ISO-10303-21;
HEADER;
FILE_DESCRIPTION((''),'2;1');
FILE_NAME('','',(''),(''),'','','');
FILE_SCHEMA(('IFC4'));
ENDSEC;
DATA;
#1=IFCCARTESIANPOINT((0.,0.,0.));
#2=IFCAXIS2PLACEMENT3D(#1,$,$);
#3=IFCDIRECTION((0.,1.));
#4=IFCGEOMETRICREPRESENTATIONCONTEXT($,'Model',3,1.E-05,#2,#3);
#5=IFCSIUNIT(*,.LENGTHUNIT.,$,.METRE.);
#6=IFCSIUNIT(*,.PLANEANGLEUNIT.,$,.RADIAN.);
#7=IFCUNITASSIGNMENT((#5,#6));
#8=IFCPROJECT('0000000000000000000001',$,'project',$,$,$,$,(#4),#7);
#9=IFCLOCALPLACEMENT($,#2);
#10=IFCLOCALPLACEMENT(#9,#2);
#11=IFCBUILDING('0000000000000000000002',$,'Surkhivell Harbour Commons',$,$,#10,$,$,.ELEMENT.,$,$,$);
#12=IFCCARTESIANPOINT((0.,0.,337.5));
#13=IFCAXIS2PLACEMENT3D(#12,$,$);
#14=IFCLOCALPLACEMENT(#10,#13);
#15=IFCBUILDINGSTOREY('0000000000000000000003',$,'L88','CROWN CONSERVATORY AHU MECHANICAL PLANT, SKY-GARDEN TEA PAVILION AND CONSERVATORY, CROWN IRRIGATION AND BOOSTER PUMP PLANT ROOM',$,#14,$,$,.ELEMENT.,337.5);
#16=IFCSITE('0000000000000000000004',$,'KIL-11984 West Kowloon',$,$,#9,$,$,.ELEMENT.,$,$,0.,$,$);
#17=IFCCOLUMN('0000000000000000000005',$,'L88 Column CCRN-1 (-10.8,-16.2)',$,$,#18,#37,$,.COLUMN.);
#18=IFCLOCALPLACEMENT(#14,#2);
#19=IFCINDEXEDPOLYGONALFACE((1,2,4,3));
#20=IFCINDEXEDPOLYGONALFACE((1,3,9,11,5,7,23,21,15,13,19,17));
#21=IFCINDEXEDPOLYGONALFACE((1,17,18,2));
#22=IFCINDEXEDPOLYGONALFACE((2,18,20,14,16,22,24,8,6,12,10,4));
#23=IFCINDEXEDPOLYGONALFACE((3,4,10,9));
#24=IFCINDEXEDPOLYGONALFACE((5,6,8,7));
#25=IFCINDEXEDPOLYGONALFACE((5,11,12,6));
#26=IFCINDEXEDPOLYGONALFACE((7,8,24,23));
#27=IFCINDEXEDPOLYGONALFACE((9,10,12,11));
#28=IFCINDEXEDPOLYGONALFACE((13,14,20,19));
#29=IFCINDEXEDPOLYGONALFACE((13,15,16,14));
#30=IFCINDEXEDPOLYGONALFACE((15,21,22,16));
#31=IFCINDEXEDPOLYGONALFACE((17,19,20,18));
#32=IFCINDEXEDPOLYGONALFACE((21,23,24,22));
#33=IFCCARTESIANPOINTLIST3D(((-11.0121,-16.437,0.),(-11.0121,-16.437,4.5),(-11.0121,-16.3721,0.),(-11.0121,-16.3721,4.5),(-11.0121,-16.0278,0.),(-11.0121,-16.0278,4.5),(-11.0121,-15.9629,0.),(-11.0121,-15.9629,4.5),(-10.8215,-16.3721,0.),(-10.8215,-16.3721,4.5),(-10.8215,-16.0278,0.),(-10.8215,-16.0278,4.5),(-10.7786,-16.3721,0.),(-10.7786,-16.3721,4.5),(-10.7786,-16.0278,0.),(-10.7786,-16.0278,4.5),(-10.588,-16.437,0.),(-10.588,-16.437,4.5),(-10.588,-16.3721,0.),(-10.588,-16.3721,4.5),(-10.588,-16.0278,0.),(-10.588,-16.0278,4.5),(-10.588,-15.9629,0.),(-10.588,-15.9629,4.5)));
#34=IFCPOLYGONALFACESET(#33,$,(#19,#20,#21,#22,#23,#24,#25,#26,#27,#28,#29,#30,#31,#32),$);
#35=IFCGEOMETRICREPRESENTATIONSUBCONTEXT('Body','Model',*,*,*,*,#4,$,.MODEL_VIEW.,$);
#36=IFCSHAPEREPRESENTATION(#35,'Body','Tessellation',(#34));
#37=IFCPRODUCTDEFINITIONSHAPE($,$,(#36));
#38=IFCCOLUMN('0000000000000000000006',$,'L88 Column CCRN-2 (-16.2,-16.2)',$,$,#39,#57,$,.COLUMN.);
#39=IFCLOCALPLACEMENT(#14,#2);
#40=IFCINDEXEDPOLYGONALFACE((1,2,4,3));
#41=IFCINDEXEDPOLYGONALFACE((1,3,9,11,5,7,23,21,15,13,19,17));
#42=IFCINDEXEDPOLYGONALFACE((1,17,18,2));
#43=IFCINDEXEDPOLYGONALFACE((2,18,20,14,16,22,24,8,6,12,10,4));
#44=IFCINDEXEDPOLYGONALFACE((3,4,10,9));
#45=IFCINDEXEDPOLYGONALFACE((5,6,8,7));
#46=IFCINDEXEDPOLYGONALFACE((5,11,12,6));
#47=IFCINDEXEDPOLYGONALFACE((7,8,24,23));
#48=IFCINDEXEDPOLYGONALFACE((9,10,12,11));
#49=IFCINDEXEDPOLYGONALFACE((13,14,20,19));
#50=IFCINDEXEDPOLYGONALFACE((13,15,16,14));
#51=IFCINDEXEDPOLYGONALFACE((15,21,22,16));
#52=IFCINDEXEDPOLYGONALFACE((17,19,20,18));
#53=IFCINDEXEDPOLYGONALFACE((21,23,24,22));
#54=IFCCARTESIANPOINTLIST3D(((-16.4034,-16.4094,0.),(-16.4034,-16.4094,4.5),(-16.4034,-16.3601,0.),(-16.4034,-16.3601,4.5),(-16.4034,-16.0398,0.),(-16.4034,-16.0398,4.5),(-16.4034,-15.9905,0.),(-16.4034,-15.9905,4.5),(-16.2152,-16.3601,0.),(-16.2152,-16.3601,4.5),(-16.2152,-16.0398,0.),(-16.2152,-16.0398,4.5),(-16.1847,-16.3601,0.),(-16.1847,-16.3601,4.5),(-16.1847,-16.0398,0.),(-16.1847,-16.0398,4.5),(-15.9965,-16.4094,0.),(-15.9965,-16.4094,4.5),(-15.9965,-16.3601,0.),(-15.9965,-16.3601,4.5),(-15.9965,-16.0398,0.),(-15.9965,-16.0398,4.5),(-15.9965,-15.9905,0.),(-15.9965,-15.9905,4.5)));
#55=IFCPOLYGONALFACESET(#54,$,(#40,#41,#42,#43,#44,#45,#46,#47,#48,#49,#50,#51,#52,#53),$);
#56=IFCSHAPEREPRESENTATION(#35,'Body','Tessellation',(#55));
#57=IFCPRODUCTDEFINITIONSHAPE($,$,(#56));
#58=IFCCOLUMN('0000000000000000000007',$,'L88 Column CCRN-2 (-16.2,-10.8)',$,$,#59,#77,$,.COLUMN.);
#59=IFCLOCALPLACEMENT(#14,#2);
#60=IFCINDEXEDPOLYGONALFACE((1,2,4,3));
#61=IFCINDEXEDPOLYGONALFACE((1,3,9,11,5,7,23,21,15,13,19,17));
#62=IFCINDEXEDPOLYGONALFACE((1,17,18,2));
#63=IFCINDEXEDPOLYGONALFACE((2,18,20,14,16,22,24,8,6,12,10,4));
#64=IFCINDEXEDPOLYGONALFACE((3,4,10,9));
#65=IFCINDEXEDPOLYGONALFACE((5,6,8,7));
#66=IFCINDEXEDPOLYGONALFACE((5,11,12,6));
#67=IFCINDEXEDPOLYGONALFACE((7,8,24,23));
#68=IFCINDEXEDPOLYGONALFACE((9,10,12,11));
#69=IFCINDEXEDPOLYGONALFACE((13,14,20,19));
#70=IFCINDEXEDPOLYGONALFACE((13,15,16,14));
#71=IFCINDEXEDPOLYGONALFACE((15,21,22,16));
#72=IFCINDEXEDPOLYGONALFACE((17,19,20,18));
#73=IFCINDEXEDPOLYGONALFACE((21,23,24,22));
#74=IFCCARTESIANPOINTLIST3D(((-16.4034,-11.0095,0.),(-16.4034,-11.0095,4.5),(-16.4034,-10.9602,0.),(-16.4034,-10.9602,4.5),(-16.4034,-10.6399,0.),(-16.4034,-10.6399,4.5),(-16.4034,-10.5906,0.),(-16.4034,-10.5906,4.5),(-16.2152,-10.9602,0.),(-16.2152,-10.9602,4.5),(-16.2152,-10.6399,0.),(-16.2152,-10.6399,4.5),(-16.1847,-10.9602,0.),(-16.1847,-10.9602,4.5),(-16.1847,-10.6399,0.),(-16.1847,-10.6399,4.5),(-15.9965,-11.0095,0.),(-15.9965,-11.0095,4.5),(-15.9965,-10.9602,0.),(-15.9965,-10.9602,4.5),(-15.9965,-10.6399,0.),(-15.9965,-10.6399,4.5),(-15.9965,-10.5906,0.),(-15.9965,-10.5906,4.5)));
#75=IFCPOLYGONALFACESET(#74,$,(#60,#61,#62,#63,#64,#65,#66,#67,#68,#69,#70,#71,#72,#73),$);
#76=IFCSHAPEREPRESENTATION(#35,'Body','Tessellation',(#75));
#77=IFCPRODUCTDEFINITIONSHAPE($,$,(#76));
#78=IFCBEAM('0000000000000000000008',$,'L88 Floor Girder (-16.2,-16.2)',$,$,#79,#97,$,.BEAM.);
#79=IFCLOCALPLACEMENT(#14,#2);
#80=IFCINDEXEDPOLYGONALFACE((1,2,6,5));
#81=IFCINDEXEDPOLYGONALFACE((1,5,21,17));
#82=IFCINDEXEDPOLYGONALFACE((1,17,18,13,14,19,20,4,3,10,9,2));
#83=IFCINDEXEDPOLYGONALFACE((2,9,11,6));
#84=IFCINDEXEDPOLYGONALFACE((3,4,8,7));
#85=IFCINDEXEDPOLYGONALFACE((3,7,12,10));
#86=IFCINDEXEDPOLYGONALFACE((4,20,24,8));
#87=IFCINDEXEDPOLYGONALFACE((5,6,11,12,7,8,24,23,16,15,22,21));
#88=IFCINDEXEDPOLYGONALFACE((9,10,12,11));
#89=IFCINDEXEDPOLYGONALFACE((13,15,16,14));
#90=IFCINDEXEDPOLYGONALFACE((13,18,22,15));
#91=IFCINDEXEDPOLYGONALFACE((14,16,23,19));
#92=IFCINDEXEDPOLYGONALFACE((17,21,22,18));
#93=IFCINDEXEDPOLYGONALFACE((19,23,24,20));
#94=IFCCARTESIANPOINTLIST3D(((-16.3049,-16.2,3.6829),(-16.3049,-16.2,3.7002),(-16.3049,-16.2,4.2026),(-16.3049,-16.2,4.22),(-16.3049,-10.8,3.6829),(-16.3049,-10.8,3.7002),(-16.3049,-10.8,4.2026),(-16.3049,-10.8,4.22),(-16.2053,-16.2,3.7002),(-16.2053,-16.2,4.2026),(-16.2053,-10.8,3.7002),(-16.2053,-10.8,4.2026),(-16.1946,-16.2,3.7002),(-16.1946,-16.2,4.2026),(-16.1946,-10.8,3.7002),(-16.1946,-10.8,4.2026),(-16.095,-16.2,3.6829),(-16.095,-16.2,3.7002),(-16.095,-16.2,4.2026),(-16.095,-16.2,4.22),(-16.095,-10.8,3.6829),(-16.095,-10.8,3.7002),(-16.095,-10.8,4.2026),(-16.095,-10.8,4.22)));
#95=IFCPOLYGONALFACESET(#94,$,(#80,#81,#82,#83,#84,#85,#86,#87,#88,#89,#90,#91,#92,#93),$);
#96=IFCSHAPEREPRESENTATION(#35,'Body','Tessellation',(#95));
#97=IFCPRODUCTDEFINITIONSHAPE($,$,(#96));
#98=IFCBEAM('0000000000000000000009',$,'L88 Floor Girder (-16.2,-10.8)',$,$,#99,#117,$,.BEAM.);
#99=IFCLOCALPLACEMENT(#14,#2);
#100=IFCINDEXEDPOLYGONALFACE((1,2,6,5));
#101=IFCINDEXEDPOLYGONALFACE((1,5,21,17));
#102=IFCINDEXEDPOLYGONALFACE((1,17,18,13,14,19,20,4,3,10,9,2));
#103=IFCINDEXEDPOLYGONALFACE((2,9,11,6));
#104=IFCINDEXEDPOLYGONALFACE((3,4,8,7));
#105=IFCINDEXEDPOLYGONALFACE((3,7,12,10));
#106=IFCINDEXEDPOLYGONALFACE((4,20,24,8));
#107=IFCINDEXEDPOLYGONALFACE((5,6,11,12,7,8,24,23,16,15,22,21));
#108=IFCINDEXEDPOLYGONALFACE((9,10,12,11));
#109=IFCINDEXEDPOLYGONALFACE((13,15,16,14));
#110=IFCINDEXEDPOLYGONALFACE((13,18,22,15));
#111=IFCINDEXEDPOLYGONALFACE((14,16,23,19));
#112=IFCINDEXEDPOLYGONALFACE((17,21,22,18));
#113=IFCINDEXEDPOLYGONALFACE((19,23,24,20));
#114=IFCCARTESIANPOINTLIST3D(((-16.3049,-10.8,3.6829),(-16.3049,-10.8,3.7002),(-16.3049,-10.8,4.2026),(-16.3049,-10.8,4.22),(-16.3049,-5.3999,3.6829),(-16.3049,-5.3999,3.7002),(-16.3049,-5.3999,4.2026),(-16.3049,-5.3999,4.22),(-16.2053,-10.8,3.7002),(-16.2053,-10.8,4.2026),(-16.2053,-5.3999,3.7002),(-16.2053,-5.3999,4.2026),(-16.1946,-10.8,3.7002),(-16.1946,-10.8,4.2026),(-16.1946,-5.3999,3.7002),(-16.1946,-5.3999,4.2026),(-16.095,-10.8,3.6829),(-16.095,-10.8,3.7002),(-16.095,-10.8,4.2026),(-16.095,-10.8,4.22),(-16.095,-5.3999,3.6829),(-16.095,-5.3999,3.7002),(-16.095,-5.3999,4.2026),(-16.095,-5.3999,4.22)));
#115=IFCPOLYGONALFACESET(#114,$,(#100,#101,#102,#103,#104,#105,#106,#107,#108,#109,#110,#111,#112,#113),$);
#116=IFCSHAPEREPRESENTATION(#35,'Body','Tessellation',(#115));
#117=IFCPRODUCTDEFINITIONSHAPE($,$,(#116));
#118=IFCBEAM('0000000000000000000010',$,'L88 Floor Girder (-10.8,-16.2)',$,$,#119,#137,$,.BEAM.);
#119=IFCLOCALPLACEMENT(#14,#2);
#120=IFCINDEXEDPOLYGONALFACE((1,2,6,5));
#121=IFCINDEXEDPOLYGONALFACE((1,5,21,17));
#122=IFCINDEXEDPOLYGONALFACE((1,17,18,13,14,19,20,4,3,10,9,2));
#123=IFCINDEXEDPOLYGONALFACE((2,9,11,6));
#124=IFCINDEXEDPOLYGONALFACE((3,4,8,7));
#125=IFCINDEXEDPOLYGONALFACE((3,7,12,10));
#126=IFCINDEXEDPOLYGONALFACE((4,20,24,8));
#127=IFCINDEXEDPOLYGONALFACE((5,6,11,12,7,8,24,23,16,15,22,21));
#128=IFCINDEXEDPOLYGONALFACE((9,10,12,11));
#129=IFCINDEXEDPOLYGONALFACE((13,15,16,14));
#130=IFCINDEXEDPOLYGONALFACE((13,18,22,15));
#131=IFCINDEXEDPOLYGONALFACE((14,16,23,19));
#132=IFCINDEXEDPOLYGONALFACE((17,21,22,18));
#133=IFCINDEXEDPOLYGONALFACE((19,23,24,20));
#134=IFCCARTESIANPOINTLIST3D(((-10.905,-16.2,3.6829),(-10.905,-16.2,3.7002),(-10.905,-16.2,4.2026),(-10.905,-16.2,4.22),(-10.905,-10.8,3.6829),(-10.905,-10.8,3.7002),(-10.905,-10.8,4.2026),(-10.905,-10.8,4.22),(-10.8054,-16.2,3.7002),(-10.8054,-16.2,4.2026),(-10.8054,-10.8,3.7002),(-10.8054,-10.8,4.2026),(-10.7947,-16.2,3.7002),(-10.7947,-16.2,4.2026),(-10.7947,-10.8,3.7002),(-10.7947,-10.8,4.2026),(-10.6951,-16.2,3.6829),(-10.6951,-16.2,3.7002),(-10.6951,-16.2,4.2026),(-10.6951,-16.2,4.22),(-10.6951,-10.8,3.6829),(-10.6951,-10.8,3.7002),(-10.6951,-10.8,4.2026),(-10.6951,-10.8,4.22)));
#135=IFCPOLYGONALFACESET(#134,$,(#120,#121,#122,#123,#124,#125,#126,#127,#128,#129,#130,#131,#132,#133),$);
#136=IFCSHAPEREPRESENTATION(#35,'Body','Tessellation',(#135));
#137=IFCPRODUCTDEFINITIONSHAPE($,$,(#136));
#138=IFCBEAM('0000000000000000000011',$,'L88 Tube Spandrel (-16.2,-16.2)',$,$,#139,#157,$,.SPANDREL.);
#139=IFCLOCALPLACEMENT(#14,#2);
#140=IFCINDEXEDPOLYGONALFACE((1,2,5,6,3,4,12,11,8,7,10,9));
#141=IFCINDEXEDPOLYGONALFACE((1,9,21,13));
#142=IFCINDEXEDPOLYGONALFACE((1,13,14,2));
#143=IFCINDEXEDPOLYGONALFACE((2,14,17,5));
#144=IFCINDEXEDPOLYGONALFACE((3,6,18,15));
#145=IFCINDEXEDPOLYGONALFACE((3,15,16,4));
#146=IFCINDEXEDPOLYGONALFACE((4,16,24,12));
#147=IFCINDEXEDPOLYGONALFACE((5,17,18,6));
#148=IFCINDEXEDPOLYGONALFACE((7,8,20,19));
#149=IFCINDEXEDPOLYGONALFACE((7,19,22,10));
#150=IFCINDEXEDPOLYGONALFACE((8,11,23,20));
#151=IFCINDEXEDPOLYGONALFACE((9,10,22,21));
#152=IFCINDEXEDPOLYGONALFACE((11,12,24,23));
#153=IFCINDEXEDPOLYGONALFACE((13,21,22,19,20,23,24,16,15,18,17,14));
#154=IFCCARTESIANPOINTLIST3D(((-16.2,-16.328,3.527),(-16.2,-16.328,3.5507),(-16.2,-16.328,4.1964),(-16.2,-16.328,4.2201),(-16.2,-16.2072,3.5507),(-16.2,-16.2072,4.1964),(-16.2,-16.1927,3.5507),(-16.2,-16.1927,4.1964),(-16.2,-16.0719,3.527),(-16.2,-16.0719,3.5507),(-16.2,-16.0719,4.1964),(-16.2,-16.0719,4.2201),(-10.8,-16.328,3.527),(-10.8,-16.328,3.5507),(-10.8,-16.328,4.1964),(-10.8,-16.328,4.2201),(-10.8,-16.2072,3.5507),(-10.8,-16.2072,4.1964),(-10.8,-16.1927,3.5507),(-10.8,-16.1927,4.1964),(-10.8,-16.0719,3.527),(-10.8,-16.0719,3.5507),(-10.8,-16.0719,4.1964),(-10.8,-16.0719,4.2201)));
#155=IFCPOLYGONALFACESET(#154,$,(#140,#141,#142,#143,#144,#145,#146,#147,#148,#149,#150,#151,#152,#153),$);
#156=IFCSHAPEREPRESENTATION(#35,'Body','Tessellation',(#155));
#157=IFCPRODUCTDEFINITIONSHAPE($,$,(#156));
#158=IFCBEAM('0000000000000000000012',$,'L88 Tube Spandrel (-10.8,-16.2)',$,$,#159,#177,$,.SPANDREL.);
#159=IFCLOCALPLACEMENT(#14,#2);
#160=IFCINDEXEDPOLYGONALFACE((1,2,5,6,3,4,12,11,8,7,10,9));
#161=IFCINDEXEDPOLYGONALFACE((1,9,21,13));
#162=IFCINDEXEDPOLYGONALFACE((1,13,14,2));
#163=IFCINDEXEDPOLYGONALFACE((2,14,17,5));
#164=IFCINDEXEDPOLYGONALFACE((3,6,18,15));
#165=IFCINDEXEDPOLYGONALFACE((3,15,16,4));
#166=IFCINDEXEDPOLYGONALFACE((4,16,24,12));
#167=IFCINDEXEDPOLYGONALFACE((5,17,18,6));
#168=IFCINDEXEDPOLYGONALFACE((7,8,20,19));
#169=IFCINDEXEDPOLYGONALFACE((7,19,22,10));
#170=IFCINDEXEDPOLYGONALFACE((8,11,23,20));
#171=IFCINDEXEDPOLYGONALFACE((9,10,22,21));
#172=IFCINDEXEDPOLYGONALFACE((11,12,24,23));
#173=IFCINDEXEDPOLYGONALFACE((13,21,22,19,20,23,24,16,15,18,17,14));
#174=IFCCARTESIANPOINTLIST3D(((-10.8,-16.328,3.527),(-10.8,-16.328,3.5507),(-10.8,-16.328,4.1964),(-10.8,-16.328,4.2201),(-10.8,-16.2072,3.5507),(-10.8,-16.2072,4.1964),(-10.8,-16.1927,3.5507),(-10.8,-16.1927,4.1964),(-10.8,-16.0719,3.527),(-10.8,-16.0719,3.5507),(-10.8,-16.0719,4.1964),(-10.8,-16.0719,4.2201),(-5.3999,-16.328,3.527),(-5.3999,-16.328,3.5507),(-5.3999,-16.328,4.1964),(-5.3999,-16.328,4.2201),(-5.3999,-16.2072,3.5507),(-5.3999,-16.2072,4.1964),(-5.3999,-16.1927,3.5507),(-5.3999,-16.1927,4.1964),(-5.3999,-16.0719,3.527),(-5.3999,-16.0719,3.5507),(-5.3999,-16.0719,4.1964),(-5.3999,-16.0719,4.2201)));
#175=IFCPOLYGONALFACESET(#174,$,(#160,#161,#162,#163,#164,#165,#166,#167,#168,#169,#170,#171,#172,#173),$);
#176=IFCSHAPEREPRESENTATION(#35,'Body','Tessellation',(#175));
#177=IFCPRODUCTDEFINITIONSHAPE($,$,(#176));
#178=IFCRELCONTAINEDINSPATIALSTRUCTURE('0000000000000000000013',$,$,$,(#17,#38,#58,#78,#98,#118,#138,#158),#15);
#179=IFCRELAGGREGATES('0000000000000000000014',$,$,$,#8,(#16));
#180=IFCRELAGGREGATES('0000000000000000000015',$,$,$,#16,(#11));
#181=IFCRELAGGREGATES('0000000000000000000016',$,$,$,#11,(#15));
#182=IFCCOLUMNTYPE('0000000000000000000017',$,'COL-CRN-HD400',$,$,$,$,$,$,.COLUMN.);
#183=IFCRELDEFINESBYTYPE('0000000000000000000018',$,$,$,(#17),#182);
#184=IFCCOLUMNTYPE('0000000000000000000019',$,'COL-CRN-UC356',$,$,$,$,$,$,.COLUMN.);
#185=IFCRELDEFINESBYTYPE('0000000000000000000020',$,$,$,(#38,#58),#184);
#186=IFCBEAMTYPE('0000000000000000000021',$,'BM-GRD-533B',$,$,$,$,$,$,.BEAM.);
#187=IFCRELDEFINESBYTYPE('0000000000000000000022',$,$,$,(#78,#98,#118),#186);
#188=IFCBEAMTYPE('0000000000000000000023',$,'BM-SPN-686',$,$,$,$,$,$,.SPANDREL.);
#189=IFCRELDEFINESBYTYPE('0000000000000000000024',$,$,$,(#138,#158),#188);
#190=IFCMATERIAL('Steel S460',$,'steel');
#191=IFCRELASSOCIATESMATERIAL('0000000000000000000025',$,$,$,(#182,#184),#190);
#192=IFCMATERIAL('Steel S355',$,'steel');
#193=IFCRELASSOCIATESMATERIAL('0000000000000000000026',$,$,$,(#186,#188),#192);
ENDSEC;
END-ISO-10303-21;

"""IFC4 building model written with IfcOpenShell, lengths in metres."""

from ifc_helpers import new_model, si_unit, direction, frame, origin, origin_2d, place, context, subcontext, project, spatial, i_section, extrude, material, material_profile, profile_set, type_object, element, save


model = new_model("IFC4")

# Units and contexts
model_context = context("Model", 3, precision=1e-05, world=origin(), true_north=direction((0.0, 1.0)))
body_context = subcontext(model_context, "Body", "Model", "MODEL_VIEW")
ifc_project = project(units=[si_unit("LENGTHUNIT", "METRE"), si_unit("PLANEANGLEUNIT", "RADIAN")], contexts=[model_context])

# Site, building, storey
site_placement = place(None, origin())
site = spatial("IfcSite", under=ifc_project, at=site_placement, Name="KIL-11984 West Kowloon", CompositionType="ELEMENT", RefElevation=0.0)
building_placement = place(site_placement, origin())
building = spatial("IfcBuilding", under=site, at=building_placement, Name="Surkhivell Harbour Commons", CompositionType="ELEMENT")
storey_placement = place(building_placement, frame((0.0, 0.0, 337.5)))
storey = spatial("IfcBuildingStorey", under=building, at=storey_placement, Name="L88", Description="CROWN CONSERVATORY AHU MECHANICAL PLANT, SKY-GARDEN TEA PAVILION AND CONSERVATORY, CROWN IRRIGATION AND BOOSTER PUMP PLANT ROOM", CompositionType="ELEMENT", Elevation=337.5)

# Columns
ifc_material_1 = material(Name="Steel S460", Category="steel")
ifc_material_profile_1 = material_profile(ifc_material_1, i_section(OverallWidth=0.4241, OverallDepth=0.4741, WebThickness=0.043, FlangeThickness=0.0649, at=origin_2d()), Name="HD400x634")
ifc_profile_set_1 = profile_set([ifc_material_profile_1], Name="Steel S460")
column_type_1 = type_object("IfcColumnType", Name="COL-CRN-HD400", PredefinedType="COLUMN", material=ifc_profile_set_1)
column_placement = place(storey_placement, frame((-10.8, -16.2, 0.0), z_axis=(0.0, 0.0, 1.0), x_axis=(1.0, 0.0, 0.0)))
element("IfcColumn", 1, at=column_placement, inside=storey, type_object=column_type_1, Name="L88 Column CCRN-1 (-10.8,-16.2)", PredefinedType="COLUMN", context=body_context, shape_type="SweptSolid", body=[
    extrude(i_section(OverallWidth=0.4241, OverallDepth=0.4741, WebThickness=0.043, FlangeThickness=0.0649, at=origin_2d()), origin(), (0.0, 0.0, 1.0), 4.5),
])
ifc_material_profile_2 = material_profile(ifc_material_1, i_section(OverallWidth=0.407, OverallDepth=0.4189, WebThickness=0.0305, FlangeThickness=0.0493, at=origin_2d()), Name="UC356x406x393")
ifc_profile_set_2 = profile_set([ifc_material_profile_2], Name="Steel S460")
column_type_2 = type_object("IfcColumnType", Name="COL-CRN-UC356", PredefinedType="COLUMN", material=ifc_profile_set_2)
for number, where, z_axis, x_axis, name in (
    (2, (-16.2, -16.2, 0.0), (0.0, 0.0, 1.0), (1.0, 0.0, 0.0), "L88 Column CCRN-2 (-16.2,-16.2)"),
    (3, (-16.2, -10.8, 0.0), (0.0, 0.0, 1.0), (1.0, 0.0, 0.0), "L88 Column CCRN-2 (-16.2,-10.8)"),
):
    element("IfcColumn", number, at=place(storey_placement, frame(where, z_axis=z_axis, x_axis=x_axis)), inside=storey, type_object=column_type_2, Name=name, PredefinedType="COLUMN", context=body_context, shape_type="SweptSolid", body=[
        extrude(i_section(OverallWidth=0.407, OverallDepth=0.4189, WebThickness=0.0305, FlangeThickness=0.0493, at=origin_2d()), origin(), (0.0, 0.0, 1.0), 4.5),
    ])

# Beams
ifc_material_2 = material(Name="Steel S355", Category="steel")
ifc_material_profile_3 = material_profile(ifc_material_2, i_section(OverallWidth=0.21, OverallDepth=0.5371, WebThickness=0.0107, FlangeThickness=0.0173, at=origin_2d()), Name="UB533x210x101")
ifc_profile_set_3 = profile_set([ifc_material_profile_3], Name="Steel S355")
beam_type_1 = type_object("IfcBeamType", Name="BM-GRD-533B", PredefinedType="BEAM", material=ifc_profile_set_3)
beam_1_placement = place(storey_placement, frame((-16.2, -16.2, 3.9514), z_axis=(0.0, 1.0, 0.0), x_axis=(-1.0, 0.0, 0.0)))
element("IfcBeam", 4, at=beam_1_placement, inside=storey, type_object=beam_type_1, Name="L88 Floor Girder (-16.2,-16.2)", PredefinedType="BEAM", context=body_context, shape_type="SweptSolid", body=[
    extrude(i_section(OverallWidth=0.21, OverallDepth=0.5371, WebThickness=0.0107, FlangeThickness=0.0173, at=origin_2d()), origin(), (0.0, 0.0, 1.0), 5.3999),
])
beam_2_placement = place(storey_placement, frame((-16.2, -10.8, 3.9514), z_axis=(0.0, 1.0, 0.0), x_axis=(-1.0, 0.0, 0.0)))
element("IfcBeam", 5, at=beam_2_placement, inside=storey, type_object=beam_type_1, Name="L88 Floor Girder (-16.2,-10.8)", PredefinedType="BEAM", context=body_context, shape_type="SweptSolid", body=[
    extrude(i_section(OverallWidth=0.21, OverallDepth=0.5371, WebThickness=0.0107, FlangeThickness=0.0173, at=origin_2d()), origin(), (0.0, 0.0, 1.0), 5.4001),
])
beam_3_placement = place(storey_placement, frame((-10.8, -16.2, 3.9514), z_axis=(0.0, 1.0, 0.0), x_axis=(-1.0, 0.0, 0.0)))
element("IfcBeam", 6, at=beam_3_placement, inside=storey, type_object=beam_type_1, Name="L88 Floor Girder (-10.8,-16.2)", PredefinedType="BEAM", context=body_context, shape_type="SweptSolid", body=[
    extrude(i_section(OverallWidth=0.21, OverallDepth=0.5371, WebThickness=0.0107, FlangeThickness=0.0173, at=origin_2d()), origin(), (0.0, 0.0, 1.0), 5.3999),
])
ifc_material_profile_4 = material_profile(ifc_material_2, i_section(OverallWidth=0.2561, OverallDepth=0.6931, WebThickness=0.0144, FlangeThickness=0.0237, at=origin_2d()), Name="UB686x254x170")
ifc_profile_set_4 = profile_set([ifc_material_profile_4], Name="Steel S355")
beam_type_2 = type_object("IfcBeamType", Name="BM-SPN-686", PredefinedType="SPANDREL", material=ifc_profile_set_4)
beam_4_placement = place(storey_placement, frame((-16.2, -16.2, 3.8735), z_axis=(1.0, 0.0, 0.0), x_axis=(0.0, 1.0, 0.0)))
element("IfcBeam", 7, at=beam_4_placement, inside=storey, type_object=beam_type_2, Name="L88 Tube Spandrel (-16.2,-16.2)", PredefinedType="SPANDREL", context=body_context, shape_type="SweptSolid", body=[
    extrude(i_section(OverallWidth=0.2561, OverallDepth=0.6931, WebThickness=0.0144, FlangeThickness=0.0237, at=origin_2d()), origin(), (0.0, 0.0, 1.0), 5.3999),
])
beam_5_placement = place(storey_placement, frame((-10.8, -16.2, 3.8735), z_axis=(1.0, 0.0, 0.0), x_axis=(0.0, 1.0, 0.0)))
element("IfcBeam", 8, at=beam_5_placement, inside=storey, type_object=beam_type_2, Name="L88 Tube Spandrel (-10.8,-16.2)", PredefinedType="SPANDREL", context=body_context, shape_type="SweptSolid", body=[
    extrude(i_section(OverallWidth=0.2561, OverallDepth=0.6931, WebThickness=0.0144, FlangeThickness=0.0237, at=origin_2d()), origin(), (0.0, 0.0, 1.0), 5.4001),
])

save(model, "model.ifc")
